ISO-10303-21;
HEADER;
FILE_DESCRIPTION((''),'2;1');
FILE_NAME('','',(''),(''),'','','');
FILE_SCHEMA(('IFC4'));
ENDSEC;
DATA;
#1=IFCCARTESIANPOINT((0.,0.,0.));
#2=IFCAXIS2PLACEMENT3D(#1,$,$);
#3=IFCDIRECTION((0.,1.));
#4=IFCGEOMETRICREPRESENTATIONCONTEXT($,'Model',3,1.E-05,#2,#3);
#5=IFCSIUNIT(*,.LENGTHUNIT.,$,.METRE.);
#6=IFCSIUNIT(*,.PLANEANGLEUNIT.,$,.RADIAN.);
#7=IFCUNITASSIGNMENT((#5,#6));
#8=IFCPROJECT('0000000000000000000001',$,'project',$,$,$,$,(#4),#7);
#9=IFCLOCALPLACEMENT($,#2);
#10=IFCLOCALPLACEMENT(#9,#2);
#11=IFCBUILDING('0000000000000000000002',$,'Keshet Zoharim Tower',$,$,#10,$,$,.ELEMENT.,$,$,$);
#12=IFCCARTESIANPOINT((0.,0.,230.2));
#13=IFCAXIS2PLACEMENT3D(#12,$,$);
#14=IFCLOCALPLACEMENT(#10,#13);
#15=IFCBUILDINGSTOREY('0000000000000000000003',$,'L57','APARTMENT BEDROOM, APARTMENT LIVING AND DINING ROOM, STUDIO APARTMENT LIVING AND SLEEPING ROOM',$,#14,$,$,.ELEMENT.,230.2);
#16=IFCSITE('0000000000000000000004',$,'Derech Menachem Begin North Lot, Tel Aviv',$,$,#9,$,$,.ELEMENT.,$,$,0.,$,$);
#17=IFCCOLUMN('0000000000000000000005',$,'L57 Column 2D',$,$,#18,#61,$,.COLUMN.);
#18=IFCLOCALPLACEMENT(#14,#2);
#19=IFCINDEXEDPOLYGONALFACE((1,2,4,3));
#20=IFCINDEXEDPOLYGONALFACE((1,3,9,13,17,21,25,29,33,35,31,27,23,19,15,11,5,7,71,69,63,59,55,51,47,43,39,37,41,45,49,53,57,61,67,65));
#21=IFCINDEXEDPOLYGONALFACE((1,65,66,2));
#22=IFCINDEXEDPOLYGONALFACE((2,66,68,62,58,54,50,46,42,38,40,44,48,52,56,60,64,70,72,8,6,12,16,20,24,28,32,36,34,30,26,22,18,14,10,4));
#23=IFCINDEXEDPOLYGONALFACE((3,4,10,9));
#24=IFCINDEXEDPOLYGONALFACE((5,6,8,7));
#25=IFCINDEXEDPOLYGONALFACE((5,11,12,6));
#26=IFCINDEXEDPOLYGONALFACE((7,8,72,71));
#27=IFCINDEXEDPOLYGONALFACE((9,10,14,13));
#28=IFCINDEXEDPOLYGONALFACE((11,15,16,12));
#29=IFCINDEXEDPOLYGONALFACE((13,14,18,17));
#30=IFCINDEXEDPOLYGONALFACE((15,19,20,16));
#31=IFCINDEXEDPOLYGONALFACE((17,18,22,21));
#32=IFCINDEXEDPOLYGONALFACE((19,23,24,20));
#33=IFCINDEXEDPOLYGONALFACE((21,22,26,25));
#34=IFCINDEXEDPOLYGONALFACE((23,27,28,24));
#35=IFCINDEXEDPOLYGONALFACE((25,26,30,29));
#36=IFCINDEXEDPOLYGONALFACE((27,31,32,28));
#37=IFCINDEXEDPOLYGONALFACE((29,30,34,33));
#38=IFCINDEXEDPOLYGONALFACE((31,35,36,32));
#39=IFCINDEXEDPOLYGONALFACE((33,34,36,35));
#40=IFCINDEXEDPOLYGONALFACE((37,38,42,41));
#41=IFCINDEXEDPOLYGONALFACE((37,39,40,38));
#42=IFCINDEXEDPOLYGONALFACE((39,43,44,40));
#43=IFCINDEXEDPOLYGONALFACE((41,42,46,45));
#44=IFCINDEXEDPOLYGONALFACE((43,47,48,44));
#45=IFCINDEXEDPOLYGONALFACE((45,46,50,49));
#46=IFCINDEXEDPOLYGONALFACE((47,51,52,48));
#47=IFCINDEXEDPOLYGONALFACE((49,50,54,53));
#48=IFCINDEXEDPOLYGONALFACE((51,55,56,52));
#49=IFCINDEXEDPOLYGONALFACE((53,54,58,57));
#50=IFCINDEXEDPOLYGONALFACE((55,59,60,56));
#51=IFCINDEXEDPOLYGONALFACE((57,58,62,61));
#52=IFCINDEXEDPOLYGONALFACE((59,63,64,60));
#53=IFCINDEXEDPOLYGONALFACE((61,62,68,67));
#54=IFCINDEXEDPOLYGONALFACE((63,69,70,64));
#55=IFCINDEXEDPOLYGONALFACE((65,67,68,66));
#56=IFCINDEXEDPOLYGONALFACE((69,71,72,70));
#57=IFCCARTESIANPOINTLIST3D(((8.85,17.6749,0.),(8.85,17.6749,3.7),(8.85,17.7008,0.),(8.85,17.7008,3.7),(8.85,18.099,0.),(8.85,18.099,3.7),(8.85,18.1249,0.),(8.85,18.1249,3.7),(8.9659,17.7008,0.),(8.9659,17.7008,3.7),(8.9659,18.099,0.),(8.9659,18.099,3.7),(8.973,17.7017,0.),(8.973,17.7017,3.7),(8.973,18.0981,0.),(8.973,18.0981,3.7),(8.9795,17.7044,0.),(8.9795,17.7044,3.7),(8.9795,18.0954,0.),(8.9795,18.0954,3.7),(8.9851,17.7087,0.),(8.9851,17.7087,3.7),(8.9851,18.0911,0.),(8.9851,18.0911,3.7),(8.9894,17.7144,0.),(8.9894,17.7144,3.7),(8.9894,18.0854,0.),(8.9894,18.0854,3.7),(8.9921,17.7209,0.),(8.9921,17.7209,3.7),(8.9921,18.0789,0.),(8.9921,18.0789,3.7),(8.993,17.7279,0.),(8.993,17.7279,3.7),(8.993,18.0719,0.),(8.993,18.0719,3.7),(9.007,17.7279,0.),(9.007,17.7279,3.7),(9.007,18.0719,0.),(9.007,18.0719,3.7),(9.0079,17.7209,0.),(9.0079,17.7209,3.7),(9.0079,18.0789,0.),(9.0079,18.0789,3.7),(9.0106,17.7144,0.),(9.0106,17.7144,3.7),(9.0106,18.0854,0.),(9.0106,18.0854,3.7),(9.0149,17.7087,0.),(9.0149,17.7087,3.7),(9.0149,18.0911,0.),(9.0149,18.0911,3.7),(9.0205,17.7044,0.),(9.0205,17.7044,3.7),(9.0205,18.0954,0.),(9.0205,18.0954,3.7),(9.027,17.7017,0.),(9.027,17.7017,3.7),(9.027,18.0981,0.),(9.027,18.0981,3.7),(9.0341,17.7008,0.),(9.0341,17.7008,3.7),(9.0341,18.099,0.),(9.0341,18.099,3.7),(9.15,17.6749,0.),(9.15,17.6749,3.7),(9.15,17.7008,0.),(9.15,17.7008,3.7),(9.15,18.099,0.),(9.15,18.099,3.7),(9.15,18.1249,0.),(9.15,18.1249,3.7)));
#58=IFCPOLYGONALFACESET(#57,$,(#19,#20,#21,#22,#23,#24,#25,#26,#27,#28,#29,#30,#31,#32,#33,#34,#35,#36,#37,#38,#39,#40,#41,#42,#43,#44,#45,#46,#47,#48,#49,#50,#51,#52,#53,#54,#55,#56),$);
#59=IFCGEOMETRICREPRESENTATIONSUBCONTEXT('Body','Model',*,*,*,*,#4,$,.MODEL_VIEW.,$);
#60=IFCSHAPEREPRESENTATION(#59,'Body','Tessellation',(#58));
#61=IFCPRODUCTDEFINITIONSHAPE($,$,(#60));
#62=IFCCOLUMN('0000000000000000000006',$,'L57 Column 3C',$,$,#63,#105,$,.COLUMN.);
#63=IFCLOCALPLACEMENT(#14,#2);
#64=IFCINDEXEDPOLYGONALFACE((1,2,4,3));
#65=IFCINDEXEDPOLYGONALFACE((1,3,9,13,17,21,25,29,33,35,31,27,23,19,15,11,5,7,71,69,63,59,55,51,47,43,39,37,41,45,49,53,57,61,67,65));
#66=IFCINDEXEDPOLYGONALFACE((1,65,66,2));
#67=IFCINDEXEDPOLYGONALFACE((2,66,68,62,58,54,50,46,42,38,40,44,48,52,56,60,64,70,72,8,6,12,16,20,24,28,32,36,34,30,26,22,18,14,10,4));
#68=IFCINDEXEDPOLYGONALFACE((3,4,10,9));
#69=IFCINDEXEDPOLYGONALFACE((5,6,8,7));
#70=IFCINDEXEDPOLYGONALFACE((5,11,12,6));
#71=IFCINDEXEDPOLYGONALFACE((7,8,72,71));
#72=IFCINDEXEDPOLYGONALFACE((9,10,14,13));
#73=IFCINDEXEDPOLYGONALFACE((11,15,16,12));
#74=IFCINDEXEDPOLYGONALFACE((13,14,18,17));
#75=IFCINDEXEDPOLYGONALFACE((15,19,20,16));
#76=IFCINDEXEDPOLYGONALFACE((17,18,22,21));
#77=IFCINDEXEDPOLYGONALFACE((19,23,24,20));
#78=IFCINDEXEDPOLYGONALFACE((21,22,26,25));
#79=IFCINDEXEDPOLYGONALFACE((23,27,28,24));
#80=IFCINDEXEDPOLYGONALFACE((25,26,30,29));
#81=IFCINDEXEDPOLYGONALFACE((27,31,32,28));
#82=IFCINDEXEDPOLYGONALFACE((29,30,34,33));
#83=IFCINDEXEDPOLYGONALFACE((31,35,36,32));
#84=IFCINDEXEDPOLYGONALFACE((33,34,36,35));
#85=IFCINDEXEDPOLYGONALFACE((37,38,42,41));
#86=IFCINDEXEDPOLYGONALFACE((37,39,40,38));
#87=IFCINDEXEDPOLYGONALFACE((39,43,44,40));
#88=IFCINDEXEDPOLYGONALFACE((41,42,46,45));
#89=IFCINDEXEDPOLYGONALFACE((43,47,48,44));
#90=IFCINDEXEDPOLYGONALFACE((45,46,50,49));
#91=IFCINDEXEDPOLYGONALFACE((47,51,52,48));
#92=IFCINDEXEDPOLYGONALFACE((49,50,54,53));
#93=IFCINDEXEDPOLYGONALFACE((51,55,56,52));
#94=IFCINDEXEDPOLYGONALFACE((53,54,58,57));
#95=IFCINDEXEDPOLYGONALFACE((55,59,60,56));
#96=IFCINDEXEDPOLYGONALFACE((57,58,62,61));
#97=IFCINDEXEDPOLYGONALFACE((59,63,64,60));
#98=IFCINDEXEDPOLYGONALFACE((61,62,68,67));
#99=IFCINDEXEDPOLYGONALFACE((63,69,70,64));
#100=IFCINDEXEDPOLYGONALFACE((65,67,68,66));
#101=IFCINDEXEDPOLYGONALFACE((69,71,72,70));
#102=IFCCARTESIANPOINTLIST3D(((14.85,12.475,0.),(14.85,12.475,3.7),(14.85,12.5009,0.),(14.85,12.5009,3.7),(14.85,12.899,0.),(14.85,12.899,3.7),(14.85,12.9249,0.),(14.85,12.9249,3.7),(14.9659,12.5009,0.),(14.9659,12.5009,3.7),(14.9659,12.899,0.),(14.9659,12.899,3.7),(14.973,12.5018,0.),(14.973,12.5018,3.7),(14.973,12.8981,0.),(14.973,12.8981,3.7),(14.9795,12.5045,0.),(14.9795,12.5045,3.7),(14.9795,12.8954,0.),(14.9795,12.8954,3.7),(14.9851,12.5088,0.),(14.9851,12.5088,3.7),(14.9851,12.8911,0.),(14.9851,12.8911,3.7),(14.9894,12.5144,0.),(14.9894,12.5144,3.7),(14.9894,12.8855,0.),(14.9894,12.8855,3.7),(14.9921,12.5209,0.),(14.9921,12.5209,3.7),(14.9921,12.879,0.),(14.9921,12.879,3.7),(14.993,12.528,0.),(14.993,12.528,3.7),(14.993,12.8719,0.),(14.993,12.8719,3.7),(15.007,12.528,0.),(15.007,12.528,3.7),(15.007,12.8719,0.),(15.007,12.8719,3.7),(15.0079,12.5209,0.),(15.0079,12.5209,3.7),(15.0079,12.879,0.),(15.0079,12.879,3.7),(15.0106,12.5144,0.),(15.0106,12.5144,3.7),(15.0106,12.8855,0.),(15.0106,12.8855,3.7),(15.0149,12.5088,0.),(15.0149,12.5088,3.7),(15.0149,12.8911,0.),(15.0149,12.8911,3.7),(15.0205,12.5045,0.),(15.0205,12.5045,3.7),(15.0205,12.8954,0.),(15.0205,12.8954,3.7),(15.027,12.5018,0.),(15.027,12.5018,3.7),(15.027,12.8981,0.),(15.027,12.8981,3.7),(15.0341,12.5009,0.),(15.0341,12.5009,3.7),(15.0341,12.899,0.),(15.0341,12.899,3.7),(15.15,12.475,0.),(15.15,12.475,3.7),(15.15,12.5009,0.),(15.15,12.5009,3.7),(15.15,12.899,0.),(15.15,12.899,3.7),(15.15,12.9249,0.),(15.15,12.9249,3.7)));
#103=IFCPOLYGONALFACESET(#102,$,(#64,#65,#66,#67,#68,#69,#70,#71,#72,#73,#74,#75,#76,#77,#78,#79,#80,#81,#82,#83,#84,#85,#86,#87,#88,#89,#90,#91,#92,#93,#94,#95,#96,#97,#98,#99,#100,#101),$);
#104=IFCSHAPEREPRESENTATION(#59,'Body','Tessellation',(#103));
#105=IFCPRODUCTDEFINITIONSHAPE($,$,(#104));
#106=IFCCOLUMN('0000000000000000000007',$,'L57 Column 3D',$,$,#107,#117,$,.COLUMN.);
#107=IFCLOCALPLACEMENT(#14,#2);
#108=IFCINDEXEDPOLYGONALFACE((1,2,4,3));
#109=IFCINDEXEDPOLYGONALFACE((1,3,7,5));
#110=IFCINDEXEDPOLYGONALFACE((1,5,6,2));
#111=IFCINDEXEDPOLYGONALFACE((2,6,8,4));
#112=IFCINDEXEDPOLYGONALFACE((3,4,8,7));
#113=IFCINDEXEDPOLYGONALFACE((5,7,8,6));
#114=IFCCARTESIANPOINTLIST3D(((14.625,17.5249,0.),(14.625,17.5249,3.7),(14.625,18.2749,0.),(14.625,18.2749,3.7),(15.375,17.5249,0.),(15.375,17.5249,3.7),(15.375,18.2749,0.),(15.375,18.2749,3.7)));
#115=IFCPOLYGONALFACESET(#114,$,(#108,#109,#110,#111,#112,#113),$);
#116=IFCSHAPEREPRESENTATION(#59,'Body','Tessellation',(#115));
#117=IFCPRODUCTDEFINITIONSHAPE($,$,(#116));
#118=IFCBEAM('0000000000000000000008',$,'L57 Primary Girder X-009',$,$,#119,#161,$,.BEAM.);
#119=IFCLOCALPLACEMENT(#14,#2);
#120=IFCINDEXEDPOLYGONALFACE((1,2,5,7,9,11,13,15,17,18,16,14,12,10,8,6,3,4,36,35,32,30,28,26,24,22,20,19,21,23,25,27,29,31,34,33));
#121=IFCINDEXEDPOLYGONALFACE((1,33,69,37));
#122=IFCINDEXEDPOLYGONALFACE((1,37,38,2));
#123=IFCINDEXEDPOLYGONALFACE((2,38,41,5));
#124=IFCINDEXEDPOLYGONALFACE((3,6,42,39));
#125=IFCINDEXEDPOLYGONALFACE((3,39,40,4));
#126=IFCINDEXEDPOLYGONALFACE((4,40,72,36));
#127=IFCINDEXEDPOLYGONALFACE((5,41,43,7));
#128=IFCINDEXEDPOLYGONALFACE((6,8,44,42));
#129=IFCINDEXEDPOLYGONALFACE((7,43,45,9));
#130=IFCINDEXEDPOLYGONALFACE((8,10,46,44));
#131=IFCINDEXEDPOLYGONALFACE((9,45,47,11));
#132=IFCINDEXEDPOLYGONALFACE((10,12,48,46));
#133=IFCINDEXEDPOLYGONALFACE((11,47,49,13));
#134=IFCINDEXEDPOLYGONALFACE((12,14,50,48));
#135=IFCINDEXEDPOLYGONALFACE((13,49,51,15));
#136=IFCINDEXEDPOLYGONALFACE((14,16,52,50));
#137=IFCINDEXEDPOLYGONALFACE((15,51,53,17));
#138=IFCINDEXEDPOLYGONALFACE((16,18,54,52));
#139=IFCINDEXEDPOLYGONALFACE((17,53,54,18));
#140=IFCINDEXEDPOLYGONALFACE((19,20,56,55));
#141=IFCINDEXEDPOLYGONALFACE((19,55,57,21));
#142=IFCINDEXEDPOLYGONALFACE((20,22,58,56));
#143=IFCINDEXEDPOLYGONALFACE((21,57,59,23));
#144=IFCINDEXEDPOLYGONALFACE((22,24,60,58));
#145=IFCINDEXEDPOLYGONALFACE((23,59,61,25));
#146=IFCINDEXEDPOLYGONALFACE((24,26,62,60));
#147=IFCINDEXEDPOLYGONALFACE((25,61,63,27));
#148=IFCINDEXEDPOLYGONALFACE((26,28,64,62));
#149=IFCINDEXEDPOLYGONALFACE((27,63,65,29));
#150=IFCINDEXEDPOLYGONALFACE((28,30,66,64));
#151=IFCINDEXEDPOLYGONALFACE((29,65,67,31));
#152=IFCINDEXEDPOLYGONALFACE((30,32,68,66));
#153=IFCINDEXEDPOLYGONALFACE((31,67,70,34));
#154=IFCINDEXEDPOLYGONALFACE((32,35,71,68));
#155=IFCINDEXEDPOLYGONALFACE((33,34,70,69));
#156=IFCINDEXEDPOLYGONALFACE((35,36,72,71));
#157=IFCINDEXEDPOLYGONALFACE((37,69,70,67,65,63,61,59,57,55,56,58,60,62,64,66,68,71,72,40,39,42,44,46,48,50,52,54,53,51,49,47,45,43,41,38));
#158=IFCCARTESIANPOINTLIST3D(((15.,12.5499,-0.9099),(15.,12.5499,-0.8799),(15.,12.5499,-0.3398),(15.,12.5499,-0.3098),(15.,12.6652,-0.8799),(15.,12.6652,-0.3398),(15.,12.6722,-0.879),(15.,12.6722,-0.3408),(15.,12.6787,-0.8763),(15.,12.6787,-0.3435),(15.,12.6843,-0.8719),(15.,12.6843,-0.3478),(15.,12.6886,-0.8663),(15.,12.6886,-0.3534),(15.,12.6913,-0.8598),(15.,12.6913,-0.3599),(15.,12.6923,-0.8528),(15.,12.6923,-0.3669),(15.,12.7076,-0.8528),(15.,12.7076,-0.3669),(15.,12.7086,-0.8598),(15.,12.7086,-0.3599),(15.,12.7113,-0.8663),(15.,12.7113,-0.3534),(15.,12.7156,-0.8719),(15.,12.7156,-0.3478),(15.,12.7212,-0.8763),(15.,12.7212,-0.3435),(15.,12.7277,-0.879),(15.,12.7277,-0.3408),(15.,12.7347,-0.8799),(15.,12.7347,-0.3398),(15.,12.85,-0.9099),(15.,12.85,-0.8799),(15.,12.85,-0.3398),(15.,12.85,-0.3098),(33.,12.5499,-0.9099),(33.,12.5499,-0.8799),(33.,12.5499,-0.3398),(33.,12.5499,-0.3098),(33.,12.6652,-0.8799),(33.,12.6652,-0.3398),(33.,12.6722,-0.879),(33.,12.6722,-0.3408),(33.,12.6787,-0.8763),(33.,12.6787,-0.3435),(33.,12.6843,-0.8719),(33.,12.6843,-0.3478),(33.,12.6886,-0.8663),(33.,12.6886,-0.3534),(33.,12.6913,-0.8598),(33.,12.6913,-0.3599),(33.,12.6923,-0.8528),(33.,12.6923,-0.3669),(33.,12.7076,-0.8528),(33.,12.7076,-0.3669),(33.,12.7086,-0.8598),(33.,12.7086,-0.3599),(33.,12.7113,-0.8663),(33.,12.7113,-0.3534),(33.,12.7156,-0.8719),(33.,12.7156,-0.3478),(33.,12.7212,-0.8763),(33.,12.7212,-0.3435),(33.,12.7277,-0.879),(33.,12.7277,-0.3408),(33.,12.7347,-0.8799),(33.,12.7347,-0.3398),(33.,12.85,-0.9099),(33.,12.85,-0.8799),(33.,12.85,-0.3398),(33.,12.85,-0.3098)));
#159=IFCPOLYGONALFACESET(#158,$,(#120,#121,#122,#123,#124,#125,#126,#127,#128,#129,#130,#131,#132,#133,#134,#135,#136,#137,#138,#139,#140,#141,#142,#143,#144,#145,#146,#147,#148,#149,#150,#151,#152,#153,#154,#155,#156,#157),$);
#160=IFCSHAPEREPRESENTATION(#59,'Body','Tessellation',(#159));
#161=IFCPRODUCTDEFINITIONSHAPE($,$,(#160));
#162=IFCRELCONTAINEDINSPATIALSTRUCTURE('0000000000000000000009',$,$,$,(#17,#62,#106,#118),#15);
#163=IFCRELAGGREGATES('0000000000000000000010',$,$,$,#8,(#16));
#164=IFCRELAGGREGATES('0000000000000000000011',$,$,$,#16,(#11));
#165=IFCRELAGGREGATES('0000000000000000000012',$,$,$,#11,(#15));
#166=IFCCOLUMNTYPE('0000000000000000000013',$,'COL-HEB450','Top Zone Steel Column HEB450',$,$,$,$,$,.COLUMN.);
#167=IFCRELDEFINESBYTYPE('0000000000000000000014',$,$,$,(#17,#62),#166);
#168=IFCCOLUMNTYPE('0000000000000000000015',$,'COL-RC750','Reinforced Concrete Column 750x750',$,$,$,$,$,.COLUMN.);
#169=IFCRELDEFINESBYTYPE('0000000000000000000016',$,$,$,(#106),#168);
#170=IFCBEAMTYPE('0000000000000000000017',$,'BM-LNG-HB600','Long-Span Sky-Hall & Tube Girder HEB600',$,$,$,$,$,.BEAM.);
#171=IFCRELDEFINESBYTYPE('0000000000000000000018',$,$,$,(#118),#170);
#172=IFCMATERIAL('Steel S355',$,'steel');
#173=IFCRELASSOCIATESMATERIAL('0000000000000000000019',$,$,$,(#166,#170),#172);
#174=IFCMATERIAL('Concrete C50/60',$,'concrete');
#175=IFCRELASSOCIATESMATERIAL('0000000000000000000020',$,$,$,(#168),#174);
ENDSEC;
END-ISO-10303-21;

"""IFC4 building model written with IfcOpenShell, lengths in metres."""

from ifc_helpers import new_model, si_unit, direction, frame, origin, origin_2d, place, context, subcontext, project, spatial, rectangle, i_section, extrude, material, material_profile, profile_set, type_object, element, save


model = new_model("IFC4")

# Units and contexts
model_context = context("Model", 3, precision=1e-05, world=origin(), true_north=direction((0.0, 1.0)))
body_context = subcontext(model_context, "Body", "Model", "MODEL_VIEW")
ifc_project = project(units=[si_unit("LENGTHUNIT", "METRE"), si_unit("PLANEANGLEUNIT", "RADIAN")], contexts=[model_context])

# Site, building, storey
site_placement = place(None, origin())
site = spatial("IfcSite", under=ifc_project, at=site_placement, Name="Derech Menachem Begin North Lot, Tel Aviv", CompositionType="ELEMENT", RefElevation=0.0)
building_placement = place(site_placement, origin())
building = spatial("IfcBuilding", under=site, at=building_placement, Name="Keshet Zoharim Tower", CompositionType="ELEMENT")
storey_placement = place(building_placement, frame((0.0, 0.0, 230.2)))
storey = spatial("IfcBuildingStorey", under=building, at=storey_placement, Name="L57", Description="APARTMENT BEDROOM, APARTMENT LIVING AND DINING ROOM, STUDIO APARTMENT LIVING AND SLEEPING ROOM", CompositionType="ELEMENT", Elevation=230.2)

# Columns
ifc_material_1 = material(Name="Steel S355", Category="steel")
ifc_material_profile_1 = material_profile(ifc_material_1, i_section(OverallWidth=0.3, OverallDepth=0.45, WebThickness=0.0139, FlangeThickness=0.0259, FilletRadius=0.0271, at=origin_2d()), Name="HEB450")
ifc_profile_set_1 = profile_set([ifc_material_profile_1], Name="Steel S355")
column_type_1 = type_object("IfcColumnType", Name="COL-HEB450", Description="Top Zone Steel Column HEB450", PredefinedType="COLUMN", material=ifc_profile_set_1)
for number, where, z_axis, x_axis, name in (
    (1, (9.0, 17.8999, 0.0), (0.0, 0.0, 1.0), (1.0, 0.0, 0.0), "L57 Column 2D"),
    (2, (15.0, 12.7, 0.0), (0.0, 0.0, 1.0), (1.0, 0.0, 0.0), "L57 Column 3C"),
):
    element("IfcColumn", number, at=place(storey_placement, frame(where, z_axis=z_axis, x_axis=x_axis)), inside=storey, type_object=column_type_1, Name=name, PredefinedType="COLUMN", context=body_context, shape_type="SweptSolid", body=[
        extrude(i_section(OverallWidth=0.3, OverallDepth=0.45, WebThickness=0.0139, FlangeThickness=0.0259, FilletRadius=0.0271, at=origin_2d()), origin(), (0.0, 0.0, 1.0), 3.7),
    ])
ifc_material_2 = material(Name="Concrete C50/60", Category="concrete")
ifc_material_profile_2 = material_profile(ifc_material_2, rectangle(XDim=0.75, YDim=0.75, at=origin_2d()), Name="RC750x750")
ifc_profile_set_2 = profile_set([ifc_material_profile_2], Name="Concrete C50/60")
column_type_2 = type_object("IfcColumnType", Name="COL-RC750", Description="Reinforced Concrete Column 750x750", PredefinedType="COLUMN", material=ifc_profile_set_2)
column_placement = place(storey_placement, frame((15.0, 17.8999, 0.0), z_axis=(0.0, 0.0, 1.0), x_axis=(1.0, 0.0, 0.0)))
element("IfcColumn", 3, at=column_placement, inside=storey, type_object=column_type_2, Name="L57 Column 3D", PredefinedType="COLUMN", context=body_context, shape_type="SweptSolid", body=[
    extrude(rectangle(XDim=0.75, YDim=0.75, at=origin_2d()), origin(), (0.0, 0.0, 1.0), 3.7),
])

# Beam
ifc_material_profile_3 = material_profile(ifc_material_1, i_section(OverallWidth=0.3, OverallDepth=0.6001, WebThickness=0.0154, FlangeThickness=0.03, FilletRadius=0.0271, at=origin_2d()), Name="HEB600")
ifc_profile_set_3 = profile_set([ifc_material_profile_3], Name="Steel S355")
beam_type_1 = type_object("IfcBeamType", Name="BM-LNG-HB600", Description="Long-Span Sky-Hall & Tube Girder HEB600", PredefinedType="BEAM", material=ifc_profile_set_3)
for number, where, z_axis, x_axis, name in (
    (4, (15.0, 12.7, -0.6099), (1.0, 0.0, 0.0), (0.0, 1.0, 0.0), "L57 Primary Girder X-009"),
):
    element("IfcBeam", number, at=place(storey_placement, frame(where, z_axis=z_axis, x_axis=x_axis)), inside=storey, type_object=beam_type_1, Name=name, PredefinedType="BEAM", context=body_context, shape_type="SweptSolid", body=[
        extrude(i_section(OverallWidth=0.3, OverallDepth=0.6001, WebThickness=0.0154, FlangeThickness=0.03, FilletRadius=0.0271, at=origin_2d()), origin(), (0.0, 0.0, 1.0), 18.0),
    ])

save(model, "model.ifc")
